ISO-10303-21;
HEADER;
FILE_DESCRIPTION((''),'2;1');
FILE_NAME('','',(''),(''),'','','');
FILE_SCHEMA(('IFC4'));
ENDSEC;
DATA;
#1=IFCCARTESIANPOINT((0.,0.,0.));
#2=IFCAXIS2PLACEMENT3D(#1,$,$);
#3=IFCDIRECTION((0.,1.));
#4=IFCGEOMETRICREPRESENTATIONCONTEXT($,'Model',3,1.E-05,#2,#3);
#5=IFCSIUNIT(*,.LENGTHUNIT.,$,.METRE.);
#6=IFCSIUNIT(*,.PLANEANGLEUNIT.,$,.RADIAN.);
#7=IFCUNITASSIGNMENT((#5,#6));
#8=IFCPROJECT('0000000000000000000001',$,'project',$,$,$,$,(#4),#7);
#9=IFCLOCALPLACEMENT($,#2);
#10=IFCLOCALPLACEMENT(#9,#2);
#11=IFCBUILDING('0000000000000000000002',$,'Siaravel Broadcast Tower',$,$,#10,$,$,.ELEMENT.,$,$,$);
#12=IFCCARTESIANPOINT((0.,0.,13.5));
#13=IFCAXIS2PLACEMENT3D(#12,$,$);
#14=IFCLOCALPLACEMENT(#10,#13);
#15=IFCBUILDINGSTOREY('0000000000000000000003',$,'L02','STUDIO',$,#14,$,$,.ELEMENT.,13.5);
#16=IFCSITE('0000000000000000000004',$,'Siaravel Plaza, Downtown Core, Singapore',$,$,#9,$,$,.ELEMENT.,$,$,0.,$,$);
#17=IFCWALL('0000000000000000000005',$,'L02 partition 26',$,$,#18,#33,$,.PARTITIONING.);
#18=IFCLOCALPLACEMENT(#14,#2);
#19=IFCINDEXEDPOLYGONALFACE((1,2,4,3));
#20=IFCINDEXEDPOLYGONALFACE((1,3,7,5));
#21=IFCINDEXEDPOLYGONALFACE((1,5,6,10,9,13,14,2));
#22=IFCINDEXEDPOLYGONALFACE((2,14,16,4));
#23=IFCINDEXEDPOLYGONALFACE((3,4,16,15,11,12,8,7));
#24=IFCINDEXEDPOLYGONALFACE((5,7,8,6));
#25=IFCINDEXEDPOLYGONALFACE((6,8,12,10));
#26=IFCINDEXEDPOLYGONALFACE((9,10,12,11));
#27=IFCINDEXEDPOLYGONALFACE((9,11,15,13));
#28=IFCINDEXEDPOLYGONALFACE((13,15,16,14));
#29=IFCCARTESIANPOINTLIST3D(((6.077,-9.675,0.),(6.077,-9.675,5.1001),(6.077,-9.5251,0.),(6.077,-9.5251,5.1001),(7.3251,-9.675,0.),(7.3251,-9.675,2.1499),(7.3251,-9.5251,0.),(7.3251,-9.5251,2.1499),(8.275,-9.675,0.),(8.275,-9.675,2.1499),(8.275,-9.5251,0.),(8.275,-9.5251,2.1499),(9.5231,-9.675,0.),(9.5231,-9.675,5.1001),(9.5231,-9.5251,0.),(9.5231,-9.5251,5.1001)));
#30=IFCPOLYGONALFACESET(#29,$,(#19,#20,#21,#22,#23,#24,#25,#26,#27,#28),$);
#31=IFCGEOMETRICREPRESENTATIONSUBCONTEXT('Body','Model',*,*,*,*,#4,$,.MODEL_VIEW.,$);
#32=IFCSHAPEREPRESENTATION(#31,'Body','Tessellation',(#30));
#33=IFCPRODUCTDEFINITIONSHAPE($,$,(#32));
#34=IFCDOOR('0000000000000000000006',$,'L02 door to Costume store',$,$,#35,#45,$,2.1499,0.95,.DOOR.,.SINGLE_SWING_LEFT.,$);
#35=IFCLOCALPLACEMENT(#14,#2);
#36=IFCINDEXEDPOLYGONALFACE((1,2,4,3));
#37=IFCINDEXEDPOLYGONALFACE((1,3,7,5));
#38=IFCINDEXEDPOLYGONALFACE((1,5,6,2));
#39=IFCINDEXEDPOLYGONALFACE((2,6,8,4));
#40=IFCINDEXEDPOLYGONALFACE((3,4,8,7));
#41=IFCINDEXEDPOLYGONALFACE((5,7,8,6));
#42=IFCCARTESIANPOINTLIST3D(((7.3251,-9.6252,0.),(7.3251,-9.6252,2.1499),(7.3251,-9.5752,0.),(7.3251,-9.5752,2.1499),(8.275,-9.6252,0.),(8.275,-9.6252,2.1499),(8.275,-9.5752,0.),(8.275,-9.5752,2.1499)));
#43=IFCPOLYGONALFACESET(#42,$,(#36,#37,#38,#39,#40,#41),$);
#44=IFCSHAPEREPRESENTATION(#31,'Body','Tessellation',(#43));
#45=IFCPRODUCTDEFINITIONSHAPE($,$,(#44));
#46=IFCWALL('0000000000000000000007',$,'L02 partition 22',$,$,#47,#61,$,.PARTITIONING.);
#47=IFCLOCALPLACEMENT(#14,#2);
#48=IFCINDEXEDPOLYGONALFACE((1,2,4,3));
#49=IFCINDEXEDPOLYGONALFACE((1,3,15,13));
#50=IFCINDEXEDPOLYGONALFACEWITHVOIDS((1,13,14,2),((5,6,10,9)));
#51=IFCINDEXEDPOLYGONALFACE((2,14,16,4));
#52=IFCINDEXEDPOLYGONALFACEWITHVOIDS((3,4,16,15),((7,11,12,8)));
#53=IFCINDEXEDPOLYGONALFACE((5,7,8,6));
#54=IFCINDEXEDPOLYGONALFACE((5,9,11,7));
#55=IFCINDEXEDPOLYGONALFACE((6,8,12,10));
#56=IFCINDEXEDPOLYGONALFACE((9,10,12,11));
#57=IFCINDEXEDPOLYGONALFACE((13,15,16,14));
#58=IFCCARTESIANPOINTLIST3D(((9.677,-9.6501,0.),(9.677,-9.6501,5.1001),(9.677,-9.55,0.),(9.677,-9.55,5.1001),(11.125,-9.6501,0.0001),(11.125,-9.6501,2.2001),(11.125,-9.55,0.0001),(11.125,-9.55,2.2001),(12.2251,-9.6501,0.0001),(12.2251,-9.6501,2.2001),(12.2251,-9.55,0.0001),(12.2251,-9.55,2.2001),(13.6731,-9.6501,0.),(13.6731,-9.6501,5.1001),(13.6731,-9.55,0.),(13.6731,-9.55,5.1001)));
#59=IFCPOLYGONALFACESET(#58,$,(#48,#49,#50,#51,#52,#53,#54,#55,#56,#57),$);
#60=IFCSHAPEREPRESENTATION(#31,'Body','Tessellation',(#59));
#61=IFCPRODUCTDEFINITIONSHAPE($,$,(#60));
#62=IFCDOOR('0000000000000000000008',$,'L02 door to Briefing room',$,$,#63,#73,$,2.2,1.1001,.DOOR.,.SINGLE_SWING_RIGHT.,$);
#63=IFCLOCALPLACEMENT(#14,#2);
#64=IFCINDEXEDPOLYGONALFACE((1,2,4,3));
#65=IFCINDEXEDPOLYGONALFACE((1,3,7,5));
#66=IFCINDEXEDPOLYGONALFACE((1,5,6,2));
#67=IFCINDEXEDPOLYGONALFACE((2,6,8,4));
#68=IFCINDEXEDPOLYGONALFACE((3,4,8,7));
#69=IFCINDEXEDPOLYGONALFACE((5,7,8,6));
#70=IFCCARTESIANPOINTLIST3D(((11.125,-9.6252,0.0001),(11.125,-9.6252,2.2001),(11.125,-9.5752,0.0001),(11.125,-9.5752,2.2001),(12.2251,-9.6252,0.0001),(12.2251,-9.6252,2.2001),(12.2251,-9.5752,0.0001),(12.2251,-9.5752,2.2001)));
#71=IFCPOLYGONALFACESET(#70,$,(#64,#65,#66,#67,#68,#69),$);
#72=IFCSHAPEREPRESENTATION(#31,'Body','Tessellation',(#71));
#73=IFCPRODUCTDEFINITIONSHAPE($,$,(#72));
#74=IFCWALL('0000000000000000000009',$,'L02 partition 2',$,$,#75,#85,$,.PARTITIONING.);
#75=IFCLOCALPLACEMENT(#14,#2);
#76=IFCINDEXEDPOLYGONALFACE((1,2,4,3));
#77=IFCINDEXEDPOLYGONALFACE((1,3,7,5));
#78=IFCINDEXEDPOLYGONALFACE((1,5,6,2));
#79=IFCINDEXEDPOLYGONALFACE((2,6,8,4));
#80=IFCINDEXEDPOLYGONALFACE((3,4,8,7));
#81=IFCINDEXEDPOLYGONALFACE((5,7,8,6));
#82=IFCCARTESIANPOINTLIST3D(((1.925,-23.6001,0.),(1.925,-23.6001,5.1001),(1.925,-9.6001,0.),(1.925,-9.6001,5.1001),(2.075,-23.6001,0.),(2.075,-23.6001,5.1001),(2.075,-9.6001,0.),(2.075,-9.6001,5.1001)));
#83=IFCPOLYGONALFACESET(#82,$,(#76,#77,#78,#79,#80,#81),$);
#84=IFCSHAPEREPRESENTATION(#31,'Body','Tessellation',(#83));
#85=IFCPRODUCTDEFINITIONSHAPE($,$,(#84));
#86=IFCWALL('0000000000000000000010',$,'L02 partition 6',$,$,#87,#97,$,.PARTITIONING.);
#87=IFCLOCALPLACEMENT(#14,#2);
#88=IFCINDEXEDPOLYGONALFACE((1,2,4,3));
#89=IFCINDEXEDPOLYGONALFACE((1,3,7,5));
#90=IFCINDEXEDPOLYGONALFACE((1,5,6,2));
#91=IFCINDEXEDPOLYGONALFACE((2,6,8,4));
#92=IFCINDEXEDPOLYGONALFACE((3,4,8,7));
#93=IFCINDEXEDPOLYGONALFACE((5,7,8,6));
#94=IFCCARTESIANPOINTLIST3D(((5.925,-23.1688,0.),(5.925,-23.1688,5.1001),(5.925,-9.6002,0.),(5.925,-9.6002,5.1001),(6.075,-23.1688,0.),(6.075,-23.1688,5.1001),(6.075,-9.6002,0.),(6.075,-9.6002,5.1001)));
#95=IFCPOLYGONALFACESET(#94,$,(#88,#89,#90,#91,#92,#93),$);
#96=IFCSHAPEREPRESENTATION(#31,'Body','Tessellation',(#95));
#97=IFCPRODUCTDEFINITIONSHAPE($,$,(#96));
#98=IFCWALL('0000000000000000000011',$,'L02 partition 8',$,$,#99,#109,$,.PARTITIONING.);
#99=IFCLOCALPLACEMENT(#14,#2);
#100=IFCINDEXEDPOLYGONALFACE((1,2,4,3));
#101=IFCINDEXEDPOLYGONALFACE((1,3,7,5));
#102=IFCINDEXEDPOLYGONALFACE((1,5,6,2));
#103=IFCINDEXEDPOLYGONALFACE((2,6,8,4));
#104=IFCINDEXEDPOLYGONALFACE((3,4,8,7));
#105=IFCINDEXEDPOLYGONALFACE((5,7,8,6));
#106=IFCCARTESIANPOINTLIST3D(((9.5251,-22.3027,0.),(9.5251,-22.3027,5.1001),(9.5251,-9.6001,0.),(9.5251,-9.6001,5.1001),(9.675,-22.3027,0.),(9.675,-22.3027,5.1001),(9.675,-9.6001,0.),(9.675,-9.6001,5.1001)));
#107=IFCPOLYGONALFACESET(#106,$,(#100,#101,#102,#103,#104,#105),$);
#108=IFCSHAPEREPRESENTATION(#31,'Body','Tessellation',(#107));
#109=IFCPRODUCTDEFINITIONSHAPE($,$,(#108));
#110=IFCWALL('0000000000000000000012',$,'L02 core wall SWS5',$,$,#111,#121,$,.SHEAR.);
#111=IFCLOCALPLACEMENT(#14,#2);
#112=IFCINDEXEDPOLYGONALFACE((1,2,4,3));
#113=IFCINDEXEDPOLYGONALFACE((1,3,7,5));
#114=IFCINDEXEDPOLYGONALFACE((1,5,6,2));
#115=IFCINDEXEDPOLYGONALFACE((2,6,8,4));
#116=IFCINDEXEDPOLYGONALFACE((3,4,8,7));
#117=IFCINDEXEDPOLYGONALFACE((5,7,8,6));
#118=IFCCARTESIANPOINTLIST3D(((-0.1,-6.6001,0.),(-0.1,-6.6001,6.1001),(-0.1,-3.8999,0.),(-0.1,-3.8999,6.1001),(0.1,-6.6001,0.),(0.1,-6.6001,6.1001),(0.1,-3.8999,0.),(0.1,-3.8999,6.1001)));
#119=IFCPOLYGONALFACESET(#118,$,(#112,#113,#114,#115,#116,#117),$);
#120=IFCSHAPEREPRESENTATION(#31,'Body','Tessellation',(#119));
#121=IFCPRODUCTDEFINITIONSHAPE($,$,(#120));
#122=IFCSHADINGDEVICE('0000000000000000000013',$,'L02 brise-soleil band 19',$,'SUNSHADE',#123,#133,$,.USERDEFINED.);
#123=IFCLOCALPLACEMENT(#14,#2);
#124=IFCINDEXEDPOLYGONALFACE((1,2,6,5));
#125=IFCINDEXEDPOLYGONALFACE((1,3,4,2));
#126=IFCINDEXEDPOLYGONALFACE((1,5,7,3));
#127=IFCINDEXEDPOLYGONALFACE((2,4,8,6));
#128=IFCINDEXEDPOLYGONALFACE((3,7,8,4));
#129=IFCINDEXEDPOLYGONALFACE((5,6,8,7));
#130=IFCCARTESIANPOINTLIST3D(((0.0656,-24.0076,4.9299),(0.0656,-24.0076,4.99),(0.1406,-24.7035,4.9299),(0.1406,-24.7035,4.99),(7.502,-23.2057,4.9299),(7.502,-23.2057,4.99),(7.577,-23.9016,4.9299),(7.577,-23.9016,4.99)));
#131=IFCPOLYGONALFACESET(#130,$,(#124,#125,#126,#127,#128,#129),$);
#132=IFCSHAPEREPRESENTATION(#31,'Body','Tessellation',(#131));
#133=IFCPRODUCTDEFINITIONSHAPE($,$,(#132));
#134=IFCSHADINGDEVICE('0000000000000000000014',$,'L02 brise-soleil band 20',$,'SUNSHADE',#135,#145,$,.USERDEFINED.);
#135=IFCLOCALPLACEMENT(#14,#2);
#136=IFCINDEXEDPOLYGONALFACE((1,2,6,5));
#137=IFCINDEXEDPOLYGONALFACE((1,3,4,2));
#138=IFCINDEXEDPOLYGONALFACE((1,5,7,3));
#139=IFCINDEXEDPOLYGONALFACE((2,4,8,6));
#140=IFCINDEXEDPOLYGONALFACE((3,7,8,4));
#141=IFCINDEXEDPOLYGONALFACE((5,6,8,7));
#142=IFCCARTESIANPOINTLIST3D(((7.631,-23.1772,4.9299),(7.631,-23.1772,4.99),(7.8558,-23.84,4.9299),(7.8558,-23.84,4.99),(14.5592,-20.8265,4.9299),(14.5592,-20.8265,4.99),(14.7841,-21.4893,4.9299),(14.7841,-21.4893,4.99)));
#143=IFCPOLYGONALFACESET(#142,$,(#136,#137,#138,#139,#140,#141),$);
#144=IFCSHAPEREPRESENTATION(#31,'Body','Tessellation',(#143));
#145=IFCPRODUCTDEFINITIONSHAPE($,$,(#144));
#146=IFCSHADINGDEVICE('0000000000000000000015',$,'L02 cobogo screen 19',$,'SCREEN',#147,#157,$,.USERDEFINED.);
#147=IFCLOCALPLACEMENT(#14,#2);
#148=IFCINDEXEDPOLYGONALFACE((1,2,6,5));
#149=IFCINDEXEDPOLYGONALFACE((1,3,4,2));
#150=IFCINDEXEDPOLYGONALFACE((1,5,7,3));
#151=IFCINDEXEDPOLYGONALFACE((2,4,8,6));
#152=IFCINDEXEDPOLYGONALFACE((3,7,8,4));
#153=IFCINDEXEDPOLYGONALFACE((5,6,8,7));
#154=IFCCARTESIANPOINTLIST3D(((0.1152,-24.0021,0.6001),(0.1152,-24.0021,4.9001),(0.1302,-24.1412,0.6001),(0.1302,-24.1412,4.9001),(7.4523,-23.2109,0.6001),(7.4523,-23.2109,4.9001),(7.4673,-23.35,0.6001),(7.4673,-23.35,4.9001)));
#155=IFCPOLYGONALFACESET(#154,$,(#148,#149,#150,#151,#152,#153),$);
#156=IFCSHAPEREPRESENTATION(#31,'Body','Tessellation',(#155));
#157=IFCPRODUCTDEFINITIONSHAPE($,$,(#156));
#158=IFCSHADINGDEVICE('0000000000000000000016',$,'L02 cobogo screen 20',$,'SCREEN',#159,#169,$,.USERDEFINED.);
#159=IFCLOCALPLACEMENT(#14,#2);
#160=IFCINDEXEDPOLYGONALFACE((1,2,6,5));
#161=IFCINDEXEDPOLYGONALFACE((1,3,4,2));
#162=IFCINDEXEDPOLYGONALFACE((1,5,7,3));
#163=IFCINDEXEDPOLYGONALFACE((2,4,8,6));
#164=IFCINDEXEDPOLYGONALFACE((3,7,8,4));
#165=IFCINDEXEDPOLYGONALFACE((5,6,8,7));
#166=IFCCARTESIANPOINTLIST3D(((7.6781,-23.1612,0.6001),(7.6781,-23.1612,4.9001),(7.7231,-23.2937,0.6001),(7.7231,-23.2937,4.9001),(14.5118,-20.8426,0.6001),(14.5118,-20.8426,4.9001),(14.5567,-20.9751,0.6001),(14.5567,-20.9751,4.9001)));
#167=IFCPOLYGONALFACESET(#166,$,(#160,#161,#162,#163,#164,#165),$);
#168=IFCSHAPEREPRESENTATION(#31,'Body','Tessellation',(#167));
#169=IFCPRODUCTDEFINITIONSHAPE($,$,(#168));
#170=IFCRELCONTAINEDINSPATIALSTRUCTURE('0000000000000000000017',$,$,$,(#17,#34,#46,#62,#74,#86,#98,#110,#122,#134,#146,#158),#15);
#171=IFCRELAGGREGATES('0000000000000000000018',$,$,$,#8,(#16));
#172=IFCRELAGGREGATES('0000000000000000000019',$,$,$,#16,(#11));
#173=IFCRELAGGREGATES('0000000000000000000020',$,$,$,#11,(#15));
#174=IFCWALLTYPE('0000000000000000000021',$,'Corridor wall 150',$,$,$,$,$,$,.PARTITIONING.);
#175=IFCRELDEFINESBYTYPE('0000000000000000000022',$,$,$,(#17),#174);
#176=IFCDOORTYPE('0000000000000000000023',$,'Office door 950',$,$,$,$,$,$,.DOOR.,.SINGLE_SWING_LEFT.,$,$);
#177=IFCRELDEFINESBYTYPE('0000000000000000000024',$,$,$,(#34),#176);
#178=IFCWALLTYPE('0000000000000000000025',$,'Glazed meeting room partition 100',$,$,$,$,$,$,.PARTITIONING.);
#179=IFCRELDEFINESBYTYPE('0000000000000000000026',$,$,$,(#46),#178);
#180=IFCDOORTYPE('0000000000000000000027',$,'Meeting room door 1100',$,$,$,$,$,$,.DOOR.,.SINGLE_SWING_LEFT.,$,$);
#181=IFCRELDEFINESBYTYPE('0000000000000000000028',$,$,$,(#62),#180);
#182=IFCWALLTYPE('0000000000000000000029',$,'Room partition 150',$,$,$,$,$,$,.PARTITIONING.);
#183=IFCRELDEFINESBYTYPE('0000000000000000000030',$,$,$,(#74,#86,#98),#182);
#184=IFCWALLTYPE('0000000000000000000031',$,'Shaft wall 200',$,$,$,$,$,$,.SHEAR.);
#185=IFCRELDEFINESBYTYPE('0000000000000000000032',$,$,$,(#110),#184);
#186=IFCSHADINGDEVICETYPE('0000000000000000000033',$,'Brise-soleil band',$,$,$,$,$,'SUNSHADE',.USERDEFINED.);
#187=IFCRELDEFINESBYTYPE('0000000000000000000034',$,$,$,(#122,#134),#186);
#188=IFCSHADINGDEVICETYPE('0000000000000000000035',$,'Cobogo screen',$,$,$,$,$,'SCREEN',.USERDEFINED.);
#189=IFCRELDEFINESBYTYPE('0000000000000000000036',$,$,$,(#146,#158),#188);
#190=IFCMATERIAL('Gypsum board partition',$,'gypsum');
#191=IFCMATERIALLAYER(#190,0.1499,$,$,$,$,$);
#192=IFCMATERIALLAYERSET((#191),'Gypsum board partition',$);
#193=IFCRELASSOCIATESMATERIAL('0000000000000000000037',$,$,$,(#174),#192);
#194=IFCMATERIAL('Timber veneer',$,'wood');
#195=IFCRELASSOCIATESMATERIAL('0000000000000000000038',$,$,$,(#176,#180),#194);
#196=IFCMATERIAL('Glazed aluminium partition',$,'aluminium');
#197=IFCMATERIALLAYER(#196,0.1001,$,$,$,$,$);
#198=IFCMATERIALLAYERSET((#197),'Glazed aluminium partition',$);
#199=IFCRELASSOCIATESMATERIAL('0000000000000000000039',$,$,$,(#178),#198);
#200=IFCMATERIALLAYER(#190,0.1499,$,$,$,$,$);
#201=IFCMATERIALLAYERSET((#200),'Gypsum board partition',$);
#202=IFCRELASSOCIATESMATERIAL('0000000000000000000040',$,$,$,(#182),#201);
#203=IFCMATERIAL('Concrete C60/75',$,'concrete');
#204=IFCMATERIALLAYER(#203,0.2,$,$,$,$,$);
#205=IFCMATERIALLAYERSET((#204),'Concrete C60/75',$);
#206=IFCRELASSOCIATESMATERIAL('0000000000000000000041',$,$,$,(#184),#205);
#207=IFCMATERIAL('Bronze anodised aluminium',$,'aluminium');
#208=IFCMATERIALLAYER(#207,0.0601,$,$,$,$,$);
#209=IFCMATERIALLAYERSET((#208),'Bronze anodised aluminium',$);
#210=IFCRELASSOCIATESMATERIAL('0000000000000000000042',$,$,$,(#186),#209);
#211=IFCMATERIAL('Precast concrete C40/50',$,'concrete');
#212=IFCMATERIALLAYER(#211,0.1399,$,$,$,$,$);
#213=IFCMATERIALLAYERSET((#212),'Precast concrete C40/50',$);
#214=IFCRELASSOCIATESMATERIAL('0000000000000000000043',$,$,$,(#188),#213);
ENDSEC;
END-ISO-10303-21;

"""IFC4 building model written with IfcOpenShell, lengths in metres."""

from ifc_helpers import new_model, si_unit, direction, frame, frame_2d, origin, origin_2d, place, context, subcontext, project, spatial, rectangle, extrude, material, layer, layer_set, type_object, element, fill, save


model = new_model("IFC4")

# Units and contexts
model_context = context("Model", 3, precision=1e-05, world=origin(), true_north=direction((0.0, 1.0)))
body_context = subcontext(model_context, "Body", "Model", "MODEL_VIEW")
ifc_project = project(units=[si_unit("LENGTHUNIT", "METRE"), si_unit("PLANEANGLEUNIT", "RADIAN")], contexts=[model_context])

# Site, building, storey
site_placement = place(None, origin())
site = spatial("IfcSite", under=ifc_project, at=site_placement, Name="Siaravel Plaza, Downtown Core, Singapore", CompositionType="ELEMENT", RefElevation=0.0)
building_placement = place(site_placement, origin())
building = spatial("IfcBuilding", under=site, at=building_placement, Name="Siaravel Broadcast Tower", CompositionType="ELEMENT")
storey_placement = place(building_placement, frame((0.0, 0.0, 13.5)))
storey = spatial("IfcBuildingStorey", under=building, at=storey_placement, Name="L02", Description="STUDIO", CompositionType="ELEMENT", Elevation=13.5)

# Walls, openings, doors
ifc_material_1 = material(Name="Gypsum board partition", Category="gypsum")
ifc_layer_1 = layer(ifc_material_1, 0.1499)
ifc_layer_set_1 = layer_set([ifc_layer_1], Name="Gypsum board partition")
wall_type_1 = type_object("IfcWallType", Name="Corridor wall 150", PredefinedType="PARTITIONING", material=ifc_layer_set_1)
ifc_material_2 = material(Name="Timber veneer", Category="wood")
door_type_1 = type_object("IfcDoorType", Name="Office door 950", OperationType="SINGLE_SWING_LEFT", PredefinedType="DOOR", material=ifc_material_2)
wall_1_placement = place(storey_placement, frame((6.0769, -9.6001, 0.0), z_axis=(0.0, 0.0, 1.0), x_axis=(1.0, 0.0, 0.0)))
wall_1 = element("IfcWall", 1, at=wall_1_placement, inside=storey, type_object=wall_type_1, Name="L02 partition 26", PredefinedType="PARTITIONING", context=body_context, shape_type="SweptSolid", body=[
    extrude(rectangle(XDim=3.446, YDim=0.1499, at=frame_2d((1.7231, 0.0))), origin(), (0.0, 0.0, 1.0), 5.1001),
])
opening_1_placement = place(wall_1_placement, frame((1.248, 0.0, 0.0)))
opening_1 = element("IfcOpeningElement", 2, at=opening_1_placement, cuts=wall_1, PredefinedType="OPENING", context=body_context, shape_type="SweptSolid", body=[
    extrude(rectangle(XDim=0.95, YDim=2.1499, at=frame_2d((0.4751, 1.075))), frame((0.0, 0.085, 0.0), z_axis=(0.0, -1.0, 0.0), x_axis=(1.0, 0.0, 0.0)), (0.0, 0.0, 1.0), 0.1699),
])
door_1_placement = place(opening_1_placement, origin())
door_1 = element("IfcDoor", 3, at=door_1_placement, inside=storey, type_object=door_type_1, Name="L02 door to Costume store", OperationType="SINGLE_SWING_LEFT", OverallHeight=2.1499, OverallWidth=0.95, PredefinedType="DOOR", context=body_context, shape_type="SweptSolid", body=[
    extrude(rectangle(XDim=0.95, YDim=2.1499, at=frame_2d((0.4751, 1.075))), frame((0.0, 0.0249, 0.0), z_axis=(0.0, -1.0, 0.0), x_axis=(1.0, 0.0, 0.0)), (0.0, 0.0, 1.0), 0.05),
])
fill(opening_1, door_1)
ifc_material_3 = material(Name="Glazed aluminium partition", Category="aluminium")
ifc_layer_2 = layer(ifc_material_3, 0.1001)
ifc_layer_set_2 = layer_set([ifc_layer_2], Name="Glazed aluminium partition")
wall_type_2 = type_object("IfcWallType", Name="Glazed meeting room partition 100", PredefinedType="PARTITIONING", material=ifc_layer_set_2)
wall_2_placement = place(storey_placement, frame((9.677, -9.6001, 0.0), z_axis=(0.0, 0.0, 1.0), x_axis=(1.0, 0.0, 0.0)))
wall_2 = element("IfcWall", 4, at=wall_2_placement, inside=storey, type_object=wall_type_2, Name="L02 partition 22", PredefinedType="PARTITIONING", context=body_context, shape_type="SweptSolid", body=[
    extrude(rectangle(XDim=3.9961, YDim=0.1001, at=frame_2d((1.998, 0.0))), origin(), (0.0, 0.0, 1.0), 5.1001),
])
opening_2_placement = place(wall_2_placement, frame((1.448, 0.0, 0.0)))
opening_2 = element("IfcOpeningElement", 5, at=opening_2_placement, cuts=wall_2, PredefinedType="OPENING", context=body_context, shape_type="SweptSolid", body=[
    extrude(rectangle(XDim=1.1001, YDim=2.2, at=frame_2d((0.55, 1.1001))), frame((0.0, 0.0601, 0.0), z_axis=(0.0, -1.0, 0.0), x_axis=(1.0, 0.0, 0.0)), (0.0, 0.0, 1.0), 0.1201),
])
door_type_2 = type_object("IfcDoorType", Name="Meeting room door 1100", OperationType="SINGLE_SWING_LEFT", PredefinedType="DOOR", material=ifc_material_2)
door_2_placement = place(opening_2_placement, origin())
door_2 = element("IfcDoor", 6, at=door_2_placement, inside=storey, type_object=door_type_2, Name="L02 door to Briefing room", OperationType="SINGLE_SWING_RIGHT", OverallHeight=2.2, OverallWidth=1.1001, PredefinedType="DOOR", context=body_context, shape_type="SweptSolid", body=[
    extrude(rectangle(XDim=1.1001, YDim=2.2, at=frame_2d((0.55, 1.1001))), frame((0.0, 0.0249, 0.0), z_axis=(0.0, -1.0, 0.0), x_axis=(1.0, 0.0, 0.0)), (0.0, 0.0, 1.0), 0.05),
])
fill(opening_2, door_2)

# Walls
ifc_layer_3 = layer(ifc_material_1, 0.1499)
ifc_layer_set_3 = layer_set([ifc_layer_3], Name="Gypsum board partition")
wall_type_3 = type_object("IfcWallType", Name="Room partition 150", PredefinedType="PARTITIONING", material=ifc_layer_set_3)
wall_3_placement = place(storey_placement, frame((2.0, -23.6001, 0.0), z_axis=(0.0, 0.0, 1.0), x_axis=(0.0, 1.0, 0.0)))
element("IfcWall", 7, at=wall_3_placement, inside=storey, type_object=wall_type_3, Name="L02 partition 2", PredefinedType="PARTITIONING", context=body_context, shape_type="SweptSolid", body=[
    extrude(rectangle(XDim=14.0, YDim=0.1499, at=frame_2d((7.0, 0.0))), origin(), (0.0, 0.0, 1.0), 5.1001),
])
wall_4_placement = place(storey_placement, frame((6.0, -23.1687, 0.0), z_axis=(0.0, 0.0, 1.0), x_axis=(0.0, 1.0, 0.0)))
element("IfcWall", 8, at=wall_4_placement, inside=storey, type_object=wall_type_3, Name="L02 partition 6", PredefinedType="PARTITIONING", context=body_context, shape_type="SweptSolid", body=[
    extrude(rectangle(XDim=13.5686, YDim=0.1499, at=frame_2d((6.7842, 0.0))), origin(), (0.0, 0.0, 1.0), 5.1001),
])
wall_5_placement = place(storey_placement, frame((9.6001, -22.3027, 0.0), z_axis=(0.0, 0.0, 1.0), x_axis=(0.0, 1.0, 0.0)))
element("IfcWall", 9, at=wall_5_placement, inside=storey, type_object=wall_type_3, Name="L02 partition 8", PredefinedType="PARTITIONING", context=body_context, shape_type="SweptSolid", body=[
    extrude(rectangle(XDim=12.7026, YDim=0.1499, at=frame_2d((6.3513, 0.0))), origin(), (0.0, 0.0, 1.0), 5.1001),
])
ifc_material_4 = material(Name="Concrete C60/75", Category="concrete")
ifc_layer_4 = layer(ifc_material_4, 0.2)
ifc_layer_set_4 = layer_set([ifc_layer_4], Name="Concrete C60/75")
wall_type_4 = type_object("IfcWallType", Name="Shaft wall 200", PredefinedType="SHEAR", material=ifc_layer_set_4)
wall_6_placement = place(storey_placement, frame((0.0, -6.6001, 0.0), z_axis=(0.0, 0.0, 1.0), x_axis=(0.0, 1.0, 0.0)))
element("IfcWall", 10, at=wall_6_placement, inside=storey, type_object=wall_type_4, Name="L02 core wall SWS5", PredefinedType="SHEAR", context=body_context, shape_type="SweptSolid", body=[
    extrude(rectangle(XDim=2.7002, YDim=0.2, at=frame_2d((1.3501, 0.0))), origin(), (0.0, 0.0, 1.0), 6.1001),
])

# Shading devices
ifc_material_5 = material(Name="Bronze anodised aluminium", Category="aluminium")
ifc_layer_5 = layer(ifc_material_5, 0.0601)
ifc_layer_set_5 = layer_set([ifc_layer_5], Name="Bronze anodised aluminium")
shading_device_type_1 = type_object("IfcShadingDeviceType", Name="Brise-soleil band", ElementType="SUNSHADE", PredefinedType="USERDEFINED", material=ifc_layer_set_5)
shading_device_1_placement = place(storey_placement, frame((3.8213, -23.9546, 4.9299), z_axis=(0.0, 0.0, 1.0), x_axis=(0.994236, 0.107217, 0.0)))
element("IfcShadingDevice", 11, at=shading_device_1_placement, inside=storey, type_object=shading_device_type_1, Name="L02 brise-soleil band 19", ObjectType="SUNSHADE", PredefinedType="USERDEFINED", context=body_context, shape_type="SweptSolid", body=[
    extrude(rectangle(XDim=7.4795, YDim=0.7, at=origin_2d()), origin(), (0.0, 0.0, 1.0), 0.0601),
])
shading_device_2_placement = place(storey_placement, frame((11.2075, -22.3333, 4.9299), z_axis=(0.0, 0.0, 1.0), x_axis=(0.946977, 0.321301, 0.0)))
element("IfcShadingDevice", 12, at=shading_device_2_placement, inside=storey, type_object=shading_device_type_1, Name="L02 brise-soleil band 20", ObjectType="SUNSHADE", PredefinedType="USERDEFINED", context=body_context, shape_type="SweptSolid", body=[
    extrude(rectangle(XDim=7.3162, YDim=0.7, at=origin_2d()), origin(), (0.0, 0.0, 1.0), 0.0601),
])
ifc_material_6 = material(Name="Precast concrete C40/50", Category="concrete")
ifc_layer_6 = layer(ifc_material_6, 0.1399)
ifc_layer_set_6 = layer_set([ifc_layer_6], Name="Precast concrete C40/50")
shading_device_type_2 = type_object("IfcShadingDeviceType", Name="Cobogo screen", ElementType="SCREEN", PredefinedType="USERDEFINED", material=ifc_layer_set_6)
shading_device_3_placement = place(storey_placement, frame((3.7913, -23.676, 0.6001), z_axis=(0.0, 0.0, 1.0), x_axis=(0.994236, 0.107217, 0.0)))
element("IfcShadingDevice", 13, at=shading_device_3_placement, inside=storey, type_object=shading_device_type_2, Name="L02 cobogo screen 19", ObjectType="SCREEN", PredefinedType="USERDEFINED", context=body_context, shape_type="SweptSolid", body=[
    extrude(rectangle(XDim=7.3796, YDim=0.1399, at=origin_2d()), origin(), (0.0, 0.0, 1.0), 4.3),
])
shading_device_4_placement = place(storey_placement, frame((11.1174, -22.0681, 0.6001), z_axis=(0.0, 0.0, 1.0), x_axis=(0.946977, 0.321301, 0.0)))
element("IfcShadingDevice", 14, at=shading_device_4_placement, inside=storey, type_object=shading_device_type_2, Name="L02 cobogo screen 20", ObjectType="SCREEN", PredefinedType="USERDEFINED", context=body_context, shape_type="SweptSolid", body=[
    extrude(rectangle(XDim=7.2163, YDim=0.1399, at=origin_2d()), origin(), (0.0, 0.0, 1.0), 4.3),
])

save(model, "model.ifc")
